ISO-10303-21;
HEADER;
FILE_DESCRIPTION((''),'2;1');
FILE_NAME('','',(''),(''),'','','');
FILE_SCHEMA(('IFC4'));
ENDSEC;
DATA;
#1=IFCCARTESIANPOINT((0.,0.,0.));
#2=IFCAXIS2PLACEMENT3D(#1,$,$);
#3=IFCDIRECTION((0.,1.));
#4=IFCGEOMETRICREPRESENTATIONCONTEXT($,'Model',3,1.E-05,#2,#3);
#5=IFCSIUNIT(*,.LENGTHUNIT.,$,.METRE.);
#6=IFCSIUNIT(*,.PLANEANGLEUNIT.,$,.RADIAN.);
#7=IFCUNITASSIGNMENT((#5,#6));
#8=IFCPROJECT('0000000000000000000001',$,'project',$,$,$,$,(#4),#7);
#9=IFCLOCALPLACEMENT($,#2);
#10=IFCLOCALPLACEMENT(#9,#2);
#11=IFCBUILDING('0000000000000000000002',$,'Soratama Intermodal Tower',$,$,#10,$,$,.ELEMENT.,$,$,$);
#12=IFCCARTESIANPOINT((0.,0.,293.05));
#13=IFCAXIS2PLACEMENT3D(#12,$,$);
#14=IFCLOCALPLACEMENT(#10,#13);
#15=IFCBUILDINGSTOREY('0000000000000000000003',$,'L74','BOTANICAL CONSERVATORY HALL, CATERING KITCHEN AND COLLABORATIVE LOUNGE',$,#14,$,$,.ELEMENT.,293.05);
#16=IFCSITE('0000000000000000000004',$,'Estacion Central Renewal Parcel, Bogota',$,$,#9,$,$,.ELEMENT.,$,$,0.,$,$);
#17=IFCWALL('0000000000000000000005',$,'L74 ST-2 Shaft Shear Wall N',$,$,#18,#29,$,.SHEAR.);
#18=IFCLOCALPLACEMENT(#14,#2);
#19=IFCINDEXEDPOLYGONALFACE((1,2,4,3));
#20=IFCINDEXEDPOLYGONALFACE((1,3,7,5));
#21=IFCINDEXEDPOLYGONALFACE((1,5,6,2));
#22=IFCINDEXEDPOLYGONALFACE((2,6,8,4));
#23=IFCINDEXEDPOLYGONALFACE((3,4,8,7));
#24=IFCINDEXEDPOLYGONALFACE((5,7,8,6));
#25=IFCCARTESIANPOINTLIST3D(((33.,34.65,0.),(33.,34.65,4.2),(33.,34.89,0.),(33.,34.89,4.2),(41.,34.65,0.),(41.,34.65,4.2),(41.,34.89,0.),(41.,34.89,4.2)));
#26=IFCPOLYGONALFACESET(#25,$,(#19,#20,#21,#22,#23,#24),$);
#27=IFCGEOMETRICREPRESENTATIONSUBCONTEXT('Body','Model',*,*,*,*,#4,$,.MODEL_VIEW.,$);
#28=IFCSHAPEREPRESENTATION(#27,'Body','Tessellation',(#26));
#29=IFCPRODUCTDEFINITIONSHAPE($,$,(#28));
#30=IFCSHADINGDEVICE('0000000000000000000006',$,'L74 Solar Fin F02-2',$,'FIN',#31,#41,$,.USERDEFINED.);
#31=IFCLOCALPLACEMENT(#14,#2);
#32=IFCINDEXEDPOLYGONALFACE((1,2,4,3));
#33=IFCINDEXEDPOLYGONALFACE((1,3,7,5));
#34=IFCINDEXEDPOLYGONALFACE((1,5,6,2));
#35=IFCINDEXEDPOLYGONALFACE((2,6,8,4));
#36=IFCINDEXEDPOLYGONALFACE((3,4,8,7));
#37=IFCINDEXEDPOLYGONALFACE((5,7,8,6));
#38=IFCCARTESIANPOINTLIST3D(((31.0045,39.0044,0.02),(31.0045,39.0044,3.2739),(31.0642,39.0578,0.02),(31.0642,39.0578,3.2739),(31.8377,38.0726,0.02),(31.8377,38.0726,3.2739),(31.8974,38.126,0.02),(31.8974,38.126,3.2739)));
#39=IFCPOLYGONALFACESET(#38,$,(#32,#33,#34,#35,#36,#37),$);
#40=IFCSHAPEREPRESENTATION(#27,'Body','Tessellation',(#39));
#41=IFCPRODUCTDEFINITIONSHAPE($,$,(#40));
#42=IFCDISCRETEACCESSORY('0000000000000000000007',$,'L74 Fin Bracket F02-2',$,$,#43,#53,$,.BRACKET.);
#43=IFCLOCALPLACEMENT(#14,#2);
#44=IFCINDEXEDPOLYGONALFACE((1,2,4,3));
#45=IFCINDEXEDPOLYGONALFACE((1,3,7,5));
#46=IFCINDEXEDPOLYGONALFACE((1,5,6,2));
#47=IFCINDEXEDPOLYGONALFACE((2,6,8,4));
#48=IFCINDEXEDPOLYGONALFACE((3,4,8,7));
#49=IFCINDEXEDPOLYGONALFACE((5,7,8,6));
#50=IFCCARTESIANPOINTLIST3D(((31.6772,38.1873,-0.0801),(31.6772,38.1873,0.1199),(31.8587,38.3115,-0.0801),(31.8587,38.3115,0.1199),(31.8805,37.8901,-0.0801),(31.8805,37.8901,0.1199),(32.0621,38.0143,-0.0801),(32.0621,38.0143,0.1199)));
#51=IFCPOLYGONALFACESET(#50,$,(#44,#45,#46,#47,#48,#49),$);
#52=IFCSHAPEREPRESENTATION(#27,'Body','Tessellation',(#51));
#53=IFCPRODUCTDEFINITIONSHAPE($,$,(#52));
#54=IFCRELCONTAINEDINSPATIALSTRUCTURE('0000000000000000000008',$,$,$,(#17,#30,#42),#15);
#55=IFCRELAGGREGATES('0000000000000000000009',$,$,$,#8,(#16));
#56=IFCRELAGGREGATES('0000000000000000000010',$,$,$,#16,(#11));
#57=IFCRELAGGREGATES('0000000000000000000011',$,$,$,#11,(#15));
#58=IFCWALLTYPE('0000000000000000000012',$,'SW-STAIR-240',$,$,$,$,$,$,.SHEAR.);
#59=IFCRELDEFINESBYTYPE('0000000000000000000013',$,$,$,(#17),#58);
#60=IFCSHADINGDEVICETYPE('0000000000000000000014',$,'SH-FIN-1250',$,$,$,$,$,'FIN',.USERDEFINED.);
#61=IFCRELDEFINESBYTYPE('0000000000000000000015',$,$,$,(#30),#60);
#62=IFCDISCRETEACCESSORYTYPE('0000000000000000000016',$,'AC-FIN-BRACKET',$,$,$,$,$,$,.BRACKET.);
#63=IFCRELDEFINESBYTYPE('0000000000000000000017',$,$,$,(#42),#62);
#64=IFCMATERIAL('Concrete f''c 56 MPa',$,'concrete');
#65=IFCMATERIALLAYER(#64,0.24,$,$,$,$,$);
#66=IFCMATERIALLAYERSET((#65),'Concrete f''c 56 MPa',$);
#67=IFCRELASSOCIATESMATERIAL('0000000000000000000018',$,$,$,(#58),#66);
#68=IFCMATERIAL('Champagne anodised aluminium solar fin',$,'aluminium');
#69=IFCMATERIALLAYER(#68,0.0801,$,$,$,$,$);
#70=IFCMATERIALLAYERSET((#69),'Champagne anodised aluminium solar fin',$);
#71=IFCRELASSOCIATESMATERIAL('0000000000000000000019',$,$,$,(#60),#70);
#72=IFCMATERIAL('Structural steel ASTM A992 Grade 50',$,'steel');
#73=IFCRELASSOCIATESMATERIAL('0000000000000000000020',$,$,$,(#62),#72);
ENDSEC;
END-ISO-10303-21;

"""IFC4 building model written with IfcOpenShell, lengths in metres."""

from ifc_helpers import new_model, si_unit, direction, frame, frame_2d, origin, origin_2d, place, context, subcontext, project, spatial, rectangle, extrude, material, layer, layer_set, type_object, element, save


model = new_model("IFC4")

# Units and contexts
model_context = context("Model", 3, precision=1e-05, world=origin(), true_north=direction((0.0, 1.0)))
body_context = subcontext(model_context, "Body", "Model", "MODEL_VIEW")
ifc_project = project(units=[si_unit("LENGTHUNIT", "METRE"), si_unit("PLANEANGLEUNIT", "RADIAN")], contexts=[model_context])

# Site, building, storey
site_placement = place(None, origin())
site = spatial("IfcSite", under=ifc_project, at=site_placement, Name="Estacion Central Renewal Parcel, Bogota", CompositionType="ELEMENT", RefElevation=0.0)
building_placement = place(site_placement, origin())
building = spatial("IfcBuilding", under=site, at=building_placement, Name="Soratama Intermodal Tower", CompositionType="ELEMENT")
storey_placement = place(building_placement, frame((0.0, 0.0, 293.05)))
storey = spatial("IfcBuildingStorey", under=building, at=storey_placement, Name="L74", Description="BOTANICAL CONSERVATORY HALL, CATERING KITCHEN AND COLLABORATIVE LOUNGE", CompositionType="ELEMENT", Elevation=293.05)

# Wall
ifc_material_1 = material(Name="Concrete f'c 56 MPa", Category="concrete")
ifc_layer_1 = layer(ifc_material_1, 0.24)
ifc_layer_set_1 = layer_set([ifc_layer_1], Name="Concrete f'c 56 MPa")
wall_type_1 = type_object("IfcWallType", Name="SW-STAIR-240", PredefinedType="SHEAR", material=ifc_layer_set_1)
wall_1_placement = place(storey_placement, frame((33.0, 34.77, 0.0), z_axis=(0.0, 0.0, 1.0), x_axis=(1.0, 0.0, 0.0)))
element("IfcWall", 1, at=wall_1_placement, inside=storey, type_object=wall_type_1, Name="L74 ST-2 Shaft Shear Wall N", PredefinedType="SHEAR", context=body_context, shape_type="SweptSolid", body=[
    extrude(rectangle(XDim=8.0, YDim=0.24, at=frame_2d((4.0, 0.0))), origin(), (0.0, 0.0, 1.0), 4.2),
])

# Shading device
ifc_material_2 = material(Name="Champagne anodised aluminium solar fin", Category="aluminium")
ifc_layer_2 = layer(ifc_material_2, 0.0801)
ifc_layer_set_2 = layer_set([ifc_layer_2], Name="Champagne anodised aluminium solar fin")
shading_device_type = type_object("IfcShadingDeviceType", Name="SH-FIN-1250", ElementType="FIN", PredefinedType="USERDEFINED", material=ifc_layer_set_2)
shading_device_placement = place(storey_placement, frame((31.4509, 38.5652, 0.02), z_axis=(0.0, 0.0, 1.0), x_axis=(-0.666532, 0.745476, 0.0)))
element("IfcShadingDevice", 2, at=shading_device_placement, inside=storey, type_object=shading_device_type, Name="L74 Solar Fin F02-2", ObjectType="FIN", PredefinedType="USERDEFINED", context=body_context, shape_type="SweptSolid", body=[
    extrude(rectangle(XDim=1.25, YDim=0.0801, at=origin_2d()), origin(), (0.0, 0.0, 1.0), 3.2539),
])

# Discrete accessory
ifc_material_3 = material(Name="Structural steel ASTM A992 Grade 50", Category="steel")
discrete_accessory_type = type_object("IfcDiscreteAccessoryType", Name="AC-FIN-BRACKET", PredefinedType="BRACKET", material=ifc_material_3)
discrete_accessory_placement = place(storey_placement, frame((31.8696, 38.1008, -0.0801), z_axis=(0.0, 0.0, 1.0), x_axis=(-0.564679, 0.825311, 0.0)))
element("IfcDiscreteAccessory", 3, at=discrete_accessory_placement, inside=storey, type_object=discrete_accessory_type, Name="L74 Fin Bracket F02-2", PredefinedType="BRACKET", context=body_context, shape_type="SweptSolid", body=[
    extrude(rectangle(XDim=0.3601, YDim=0.22, at=origin_2d()), origin(), (0.0, 0.0, 1.0), 0.2),
])

save(model, "model.ifc")
